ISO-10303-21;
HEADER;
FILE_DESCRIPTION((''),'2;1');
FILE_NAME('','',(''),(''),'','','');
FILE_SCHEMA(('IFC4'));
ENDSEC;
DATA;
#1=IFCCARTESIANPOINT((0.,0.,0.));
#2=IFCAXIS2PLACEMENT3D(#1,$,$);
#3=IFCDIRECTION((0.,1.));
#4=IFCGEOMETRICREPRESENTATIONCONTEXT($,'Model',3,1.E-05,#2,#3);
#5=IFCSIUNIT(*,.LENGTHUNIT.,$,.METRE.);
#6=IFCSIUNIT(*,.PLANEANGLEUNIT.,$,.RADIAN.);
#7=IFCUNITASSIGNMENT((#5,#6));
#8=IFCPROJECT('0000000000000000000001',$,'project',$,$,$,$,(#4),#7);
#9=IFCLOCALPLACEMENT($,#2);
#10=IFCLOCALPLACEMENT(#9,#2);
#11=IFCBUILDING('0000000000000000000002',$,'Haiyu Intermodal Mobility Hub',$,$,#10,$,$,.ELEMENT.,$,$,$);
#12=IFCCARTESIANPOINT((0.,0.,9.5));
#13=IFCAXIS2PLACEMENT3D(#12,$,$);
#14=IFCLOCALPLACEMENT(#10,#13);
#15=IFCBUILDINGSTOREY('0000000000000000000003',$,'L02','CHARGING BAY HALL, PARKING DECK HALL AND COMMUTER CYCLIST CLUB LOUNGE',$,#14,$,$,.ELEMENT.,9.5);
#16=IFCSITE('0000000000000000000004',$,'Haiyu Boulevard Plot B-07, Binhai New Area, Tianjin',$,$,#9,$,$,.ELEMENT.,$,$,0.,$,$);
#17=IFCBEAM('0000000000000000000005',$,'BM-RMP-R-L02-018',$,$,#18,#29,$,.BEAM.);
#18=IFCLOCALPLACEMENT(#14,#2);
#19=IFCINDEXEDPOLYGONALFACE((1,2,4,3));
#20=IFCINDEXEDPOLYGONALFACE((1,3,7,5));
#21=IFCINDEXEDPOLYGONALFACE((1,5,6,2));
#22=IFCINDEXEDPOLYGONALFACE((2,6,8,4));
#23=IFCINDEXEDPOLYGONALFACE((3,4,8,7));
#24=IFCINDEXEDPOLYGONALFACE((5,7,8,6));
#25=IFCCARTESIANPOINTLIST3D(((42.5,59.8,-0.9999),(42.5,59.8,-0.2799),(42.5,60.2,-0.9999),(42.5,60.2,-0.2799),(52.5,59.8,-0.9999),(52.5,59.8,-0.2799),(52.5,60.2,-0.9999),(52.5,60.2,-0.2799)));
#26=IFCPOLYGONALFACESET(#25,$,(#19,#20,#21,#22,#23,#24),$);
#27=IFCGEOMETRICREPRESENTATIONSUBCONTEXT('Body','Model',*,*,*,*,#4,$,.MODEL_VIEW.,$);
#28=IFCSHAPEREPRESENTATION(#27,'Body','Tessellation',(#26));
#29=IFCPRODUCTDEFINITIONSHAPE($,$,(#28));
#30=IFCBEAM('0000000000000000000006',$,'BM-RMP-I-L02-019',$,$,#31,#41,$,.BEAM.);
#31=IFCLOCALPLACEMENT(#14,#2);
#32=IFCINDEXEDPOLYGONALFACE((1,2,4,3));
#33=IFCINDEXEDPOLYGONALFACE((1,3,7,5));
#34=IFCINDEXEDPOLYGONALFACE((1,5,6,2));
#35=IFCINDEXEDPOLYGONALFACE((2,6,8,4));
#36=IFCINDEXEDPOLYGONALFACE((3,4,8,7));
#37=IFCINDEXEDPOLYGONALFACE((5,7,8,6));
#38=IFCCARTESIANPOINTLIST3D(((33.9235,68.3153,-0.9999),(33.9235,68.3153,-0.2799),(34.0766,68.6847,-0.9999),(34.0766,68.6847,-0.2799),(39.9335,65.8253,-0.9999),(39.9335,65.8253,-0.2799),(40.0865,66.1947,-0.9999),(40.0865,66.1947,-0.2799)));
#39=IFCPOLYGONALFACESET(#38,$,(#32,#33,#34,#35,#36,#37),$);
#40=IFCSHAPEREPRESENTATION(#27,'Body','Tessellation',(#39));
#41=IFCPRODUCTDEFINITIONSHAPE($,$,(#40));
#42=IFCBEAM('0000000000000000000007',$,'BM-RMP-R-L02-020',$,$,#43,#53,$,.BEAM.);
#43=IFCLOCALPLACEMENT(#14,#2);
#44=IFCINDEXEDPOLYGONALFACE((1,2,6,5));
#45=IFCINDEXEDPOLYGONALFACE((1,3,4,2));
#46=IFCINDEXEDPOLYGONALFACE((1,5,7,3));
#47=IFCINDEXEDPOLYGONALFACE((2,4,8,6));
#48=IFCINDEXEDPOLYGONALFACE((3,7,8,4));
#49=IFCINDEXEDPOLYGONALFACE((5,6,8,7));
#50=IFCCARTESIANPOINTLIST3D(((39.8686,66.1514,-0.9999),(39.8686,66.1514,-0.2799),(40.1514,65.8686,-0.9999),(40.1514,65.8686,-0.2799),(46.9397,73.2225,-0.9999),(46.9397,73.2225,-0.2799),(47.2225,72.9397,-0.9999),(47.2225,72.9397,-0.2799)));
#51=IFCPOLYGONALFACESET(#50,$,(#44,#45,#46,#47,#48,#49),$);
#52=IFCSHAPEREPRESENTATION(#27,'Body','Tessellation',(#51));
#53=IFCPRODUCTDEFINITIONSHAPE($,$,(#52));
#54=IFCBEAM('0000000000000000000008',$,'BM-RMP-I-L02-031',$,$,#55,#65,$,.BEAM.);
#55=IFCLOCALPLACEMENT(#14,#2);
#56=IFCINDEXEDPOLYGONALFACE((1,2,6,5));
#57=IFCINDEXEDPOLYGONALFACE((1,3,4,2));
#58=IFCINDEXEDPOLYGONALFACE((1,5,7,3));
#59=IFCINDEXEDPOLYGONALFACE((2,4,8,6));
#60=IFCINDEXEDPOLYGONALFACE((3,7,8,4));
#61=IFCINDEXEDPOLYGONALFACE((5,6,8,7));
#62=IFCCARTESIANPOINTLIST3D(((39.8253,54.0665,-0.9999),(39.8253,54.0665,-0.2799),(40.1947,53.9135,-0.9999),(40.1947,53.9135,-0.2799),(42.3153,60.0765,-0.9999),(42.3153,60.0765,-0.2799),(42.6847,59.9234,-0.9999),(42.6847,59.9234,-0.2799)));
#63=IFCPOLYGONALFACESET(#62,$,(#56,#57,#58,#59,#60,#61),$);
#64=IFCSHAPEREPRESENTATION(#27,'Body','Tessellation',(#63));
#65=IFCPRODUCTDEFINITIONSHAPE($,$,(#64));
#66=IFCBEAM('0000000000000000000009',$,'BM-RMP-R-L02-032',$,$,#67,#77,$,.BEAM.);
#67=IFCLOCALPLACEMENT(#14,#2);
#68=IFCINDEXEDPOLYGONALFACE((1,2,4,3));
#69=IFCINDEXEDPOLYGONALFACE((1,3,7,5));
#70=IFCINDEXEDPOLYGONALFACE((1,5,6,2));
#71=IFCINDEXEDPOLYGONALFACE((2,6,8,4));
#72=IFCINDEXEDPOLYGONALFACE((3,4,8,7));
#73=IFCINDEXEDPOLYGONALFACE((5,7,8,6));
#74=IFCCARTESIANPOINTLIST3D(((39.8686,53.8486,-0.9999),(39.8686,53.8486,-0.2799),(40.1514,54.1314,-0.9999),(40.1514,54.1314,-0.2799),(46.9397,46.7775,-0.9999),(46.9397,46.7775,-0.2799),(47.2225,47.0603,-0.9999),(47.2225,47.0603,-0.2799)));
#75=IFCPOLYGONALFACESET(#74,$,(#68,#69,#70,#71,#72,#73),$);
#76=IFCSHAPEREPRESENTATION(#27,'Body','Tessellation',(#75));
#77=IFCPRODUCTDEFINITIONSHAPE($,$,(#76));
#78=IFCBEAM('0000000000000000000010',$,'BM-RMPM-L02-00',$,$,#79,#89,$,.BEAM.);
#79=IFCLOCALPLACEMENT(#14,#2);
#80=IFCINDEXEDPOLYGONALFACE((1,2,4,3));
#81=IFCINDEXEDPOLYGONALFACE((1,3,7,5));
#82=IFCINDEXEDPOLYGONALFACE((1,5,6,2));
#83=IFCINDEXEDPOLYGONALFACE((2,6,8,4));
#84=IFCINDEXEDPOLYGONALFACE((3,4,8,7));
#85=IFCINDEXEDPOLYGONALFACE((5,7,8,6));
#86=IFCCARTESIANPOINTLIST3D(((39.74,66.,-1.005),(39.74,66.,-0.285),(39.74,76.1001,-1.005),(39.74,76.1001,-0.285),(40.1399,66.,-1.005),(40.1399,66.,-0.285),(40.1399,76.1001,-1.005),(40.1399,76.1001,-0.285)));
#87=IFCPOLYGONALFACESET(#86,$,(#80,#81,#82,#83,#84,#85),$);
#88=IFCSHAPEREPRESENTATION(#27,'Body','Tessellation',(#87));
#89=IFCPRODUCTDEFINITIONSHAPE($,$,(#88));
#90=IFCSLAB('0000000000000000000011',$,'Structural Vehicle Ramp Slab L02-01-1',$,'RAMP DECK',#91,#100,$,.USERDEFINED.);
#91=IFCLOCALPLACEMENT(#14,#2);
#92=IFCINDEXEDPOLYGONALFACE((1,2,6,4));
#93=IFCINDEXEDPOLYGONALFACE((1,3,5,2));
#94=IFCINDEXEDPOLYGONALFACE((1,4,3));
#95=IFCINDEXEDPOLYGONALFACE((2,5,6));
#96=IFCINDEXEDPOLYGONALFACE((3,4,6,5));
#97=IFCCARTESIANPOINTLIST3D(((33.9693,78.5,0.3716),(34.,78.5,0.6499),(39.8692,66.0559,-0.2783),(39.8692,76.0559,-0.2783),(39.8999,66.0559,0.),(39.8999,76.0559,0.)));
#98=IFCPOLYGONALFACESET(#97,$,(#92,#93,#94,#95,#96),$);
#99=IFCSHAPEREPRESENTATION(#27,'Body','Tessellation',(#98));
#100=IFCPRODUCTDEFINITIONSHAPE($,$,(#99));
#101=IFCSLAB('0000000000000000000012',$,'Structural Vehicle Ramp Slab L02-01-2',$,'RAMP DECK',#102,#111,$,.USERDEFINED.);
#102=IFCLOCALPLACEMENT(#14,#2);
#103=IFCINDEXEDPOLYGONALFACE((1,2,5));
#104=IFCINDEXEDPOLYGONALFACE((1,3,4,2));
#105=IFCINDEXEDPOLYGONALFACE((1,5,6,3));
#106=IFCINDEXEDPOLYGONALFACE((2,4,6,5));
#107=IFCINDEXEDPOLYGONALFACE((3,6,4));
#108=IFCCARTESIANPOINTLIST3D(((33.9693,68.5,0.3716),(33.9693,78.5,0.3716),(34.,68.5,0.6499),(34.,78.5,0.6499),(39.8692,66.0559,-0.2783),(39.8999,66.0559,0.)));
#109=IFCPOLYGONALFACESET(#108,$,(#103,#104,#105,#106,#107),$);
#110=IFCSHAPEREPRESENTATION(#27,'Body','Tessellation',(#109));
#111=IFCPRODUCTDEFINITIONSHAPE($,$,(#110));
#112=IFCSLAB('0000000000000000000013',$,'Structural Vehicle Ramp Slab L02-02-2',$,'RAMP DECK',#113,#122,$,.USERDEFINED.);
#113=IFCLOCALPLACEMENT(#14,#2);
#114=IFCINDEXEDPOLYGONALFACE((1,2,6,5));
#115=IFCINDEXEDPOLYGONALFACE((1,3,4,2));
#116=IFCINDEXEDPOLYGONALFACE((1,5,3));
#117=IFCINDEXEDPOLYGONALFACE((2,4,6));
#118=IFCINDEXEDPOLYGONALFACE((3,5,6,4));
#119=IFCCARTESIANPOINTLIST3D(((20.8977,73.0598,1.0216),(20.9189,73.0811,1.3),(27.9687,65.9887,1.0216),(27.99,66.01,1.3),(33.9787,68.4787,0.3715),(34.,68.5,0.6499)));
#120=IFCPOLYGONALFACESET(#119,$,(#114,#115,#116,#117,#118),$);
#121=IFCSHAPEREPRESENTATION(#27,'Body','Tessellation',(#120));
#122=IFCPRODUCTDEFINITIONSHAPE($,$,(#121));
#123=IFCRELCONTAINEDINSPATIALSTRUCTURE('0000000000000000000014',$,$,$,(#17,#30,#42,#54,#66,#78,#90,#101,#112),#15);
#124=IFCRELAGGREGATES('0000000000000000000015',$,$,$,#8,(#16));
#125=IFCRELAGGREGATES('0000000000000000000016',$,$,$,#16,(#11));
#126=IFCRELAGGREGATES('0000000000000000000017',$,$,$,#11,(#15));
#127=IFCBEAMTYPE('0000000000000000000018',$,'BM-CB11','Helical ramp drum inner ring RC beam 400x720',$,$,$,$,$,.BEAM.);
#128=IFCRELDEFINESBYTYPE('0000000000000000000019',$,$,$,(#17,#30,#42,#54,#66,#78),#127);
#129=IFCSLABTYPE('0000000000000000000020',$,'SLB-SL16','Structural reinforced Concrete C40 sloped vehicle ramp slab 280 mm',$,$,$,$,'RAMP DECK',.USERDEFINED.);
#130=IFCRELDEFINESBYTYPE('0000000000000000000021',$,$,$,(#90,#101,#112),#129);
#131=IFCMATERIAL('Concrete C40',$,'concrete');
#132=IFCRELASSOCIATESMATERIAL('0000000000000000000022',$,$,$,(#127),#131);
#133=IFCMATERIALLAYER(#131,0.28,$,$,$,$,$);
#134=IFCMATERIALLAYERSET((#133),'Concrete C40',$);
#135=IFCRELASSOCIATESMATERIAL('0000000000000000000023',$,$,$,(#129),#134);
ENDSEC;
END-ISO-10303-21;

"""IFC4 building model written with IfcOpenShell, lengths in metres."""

from ifc_helpers import new_model, si_unit, direction, frame, origin, origin_2d, place, context, subcontext, project, spatial, polyline, rectangle, outline, extrude, material, layer, layer_set, material_profile, profile_set, type_object, element, save


model = new_model("IFC4")

# Units and contexts
model_context = context("Model", 3, precision=1e-05, world=origin(), true_north=direction((0.0, 1.0)))
body_context = subcontext(model_context, "Body", "Model", "MODEL_VIEW")
ifc_project = project(units=[si_unit("LENGTHUNIT", "METRE"), si_unit("PLANEANGLEUNIT", "RADIAN")], contexts=[model_context])

# Site, building, storey
site_placement = place(None, origin())
site = spatial("IfcSite", under=ifc_project, at=site_placement, Name="Haiyu Boulevard Plot B-07, Binhai New Area, Tianjin", CompositionType="ELEMENT", RefElevation=0.0)
building_placement = place(site_placement, origin())
building = spatial("IfcBuilding", under=site, at=building_placement, Name="Haiyu Intermodal Mobility Hub", CompositionType="ELEMENT")
storey_placement = place(building_placement, frame((0.0, 0.0, 9.5)))
storey = spatial("IfcBuildingStorey", under=building, at=storey_placement, Name="L02", Description="CHARGING BAY HALL, PARKING DECK HALL AND COMMUTER CYCLIST CLUB LOUNGE", CompositionType="ELEMENT", Elevation=9.5)

# Shared definitions
ifc_material_1 = material(Name="Concrete C40", Category="concrete")

# Beams
ifc_material_profile_1 = material_profile(ifc_material_1, rectangle(XDim=0.3999, YDim=0.72, at=origin_2d()), Name="RCB400x720")
ifc_profile_set_1 = profile_set([ifc_material_profile_1], Name="Concrete C40")
beam_type_1 = type_object("IfcBeamType", Name="BM-CB11", Description="Helical ramp drum inner ring RC beam 400x720", PredefinedType="BEAM", material=ifc_profile_set_1)
beam_1_placement = place(storey_placement, frame((42.5, 60.0, -0.6399), z_axis=(1.0, 0.0, 0.0), x_axis=(0.0, 1.0, 0.0)))
element("IfcBeam", 1, at=beam_1_placement, inside=storey, type_object=beam_type_1, Name="BM-RMP-R-L02-018", PredefinedType="BEAM", context=body_context, shape_type="SweptSolid", body=[
    extrude(rectangle(XDim=0.3999, YDim=0.72, at=origin_2d()), origin(), (0.0, 0.0, 1.0), 10.0),
])
beam_2_placement = place(storey_placement, frame((40.01, 66.01, -0.6399), z_axis=(-0.923849, 0.382757, 0.0), x_axis=(-0.382757, -0.923849, 0.0)))
element("IfcBeam", 2, at=beam_2_placement, inside=storey, type_object=beam_type_1, Name="BM-RMP-I-L02-019", PredefinedType="BEAM", context=body_context, shape_type="SweptSolid", body=[
    extrude(rectangle(XDim=0.3999, YDim=0.72, at=origin_2d()), origin(), (0.0, 0.0, 1.0), 6.5054),
])
beam_3_placement = place(storey_placement, frame((40.01, 66.01, -0.6399), z_axis=(0.707107, 0.707107, 0.0), x_axis=(-0.707107, 0.707107, 0.0)))
element("IfcBeam", 3, at=beam_3_placement, inside=storey, type_object=beam_type_1, Name="BM-RMP-R-L02-020", PredefinedType="BEAM", context=body_context, shape_type="SweptSolid", body=[
    extrude(rectangle(XDim=0.3999, YDim=0.72, at=origin_2d()), origin(), (0.0, 0.0, 1.0), 10.0),
])
beam_4_placement = place(storey_placement, frame((40.01, 53.99, -0.6399), z_axis=(0.382757, 0.923849, 0.0), x_axis=(-0.923849, 0.382757, 0.0)))
element("IfcBeam", 4, at=beam_4_placement, inside=storey, type_object=beam_type_1, Name="BM-RMP-I-L02-031", PredefinedType="BEAM", context=body_context, shape_type="SweptSolid", body=[
    extrude(rectangle(XDim=0.3999, YDim=0.72, at=origin_2d()), origin(), (0.0, 0.0, 1.0), 6.5054),
])
beam_5_placement = place(storey_placement, frame((40.01, 53.99, -0.6399), z_axis=(0.707107, -0.707107, 0.0), x_axis=(0.707107, 0.707107, 0.0)))
element("IfcBeam", 5, at=beam_5_placement, inside=storey, type_object=beam_type_1, Name="BM-RMP-R-L02-032", PredefinedType="BEAM", context=body_context, shape_type="SweptSolid", body=[
    extrude(rectangle(XDim=0.3999, YDim=0.72, at=origin_2d()), origin(), (0.0, 0.0, 1.0), 10.0),
])
beam_6_placement = place(storey_placement, frame((39.9399, 66.0, -0.645), z_axis=(0.0, 1.0, 0.0), x_axis=(-1.0, 0.0, 0.0)))
element("IfcBeam", 6, at=beam_6_placement, inside=storey, type_object=beam_type_1, Name="BM-RMPM-L02-00", PredefinedType="BEAM", context=body_context, shape_type="SweptSolid", body=[
    extrude(rectangle(XDim=0.3999, YDim=0.72, at=origin_2d()), origin(), (0.0, 0.0, 1.0), 10.1001),
])

# Slabs
ifc_layer = layer(ifc_material_1, 0.28)
ifc_layer_set = layer_set([ifc_layer], Name="Concrete C40")
slab_type = type_object("IfcSlabType", Name="SLB-SL16", Description="Structural reinforced Concrete C40 sloped vehicle ramp slab 280 mm", ElementType="RAMP DECK", PredefinedType="USERDEFINED", material=ifc_layer_set)
slab_1_placement = place(storey_placement, frame((39.8999, 66.0559, 0.0), z_axis=(0.109492, 0.0, 0.993988), x_axis=(0.0, 1.0, 0.0)))
element("IfcSlab", 7, at=slab_1_placement, inside=storey, type_object=slab_type, Name="Structural Vehicle Ramp Slab L02-01-1", ObjectType="RAMP DECK", PredefinedType="USERDEFINED", context=body_context, shape_type="SweptSolid", body=[
    extrude(outline(polyline([(0.0, 0.0), (10.0, 0.0), (12.4441, 5.9356), (0.0, 0.0)])), origin(), (0.0, 0.0, -1.0), 0.28),
])
slab_2_placement = place(storey_placement, frame((39.8999, 66.0559, 0.0), z_axis=(0.109492, 0.0, 0.993988), x_axis=(-0.427926, 0.902584, 0.047138)))
element("IfcSlab", 8, at=slab_2_placement, inside=storey, type_object=slab_type, Name="Structural Vehicle Ramp Slab L02-01-2", ObjectType="RAMP DECK", PredefinedType="USERDEFINED", context=body_context, shape_type="SweptSolid", body=[
    extrude(outline(polyline([(0.0, 0.0), (13.7872, 0.0), (4.7614, 4.3051), (0.0, 0.0)])), origin(), (0.0, 0.0, -1.0), 0.28),
])
slab_3_placement = place(storey_placement, frame((34.0, 68.5, 0.6499), z_axis=(0.076044, 0.076044, 0.9942), x_axis=(-0.942761, 0.33016, 0.046857)))
element("IfcSlab", 9, at=slab_3_placement, inside=storey, type_object=slab_type, Name="Structural Vehicle Ramp Slab L02-02-2", ObjectType="RAMP DECK", PredefinedType="USERDEFINED", context=body_context, shape_type="SweptSolid", body=[
    extrude(outline(polyline([(0.0, 0.0), (13.8753, 0.0), (4.8744, 4.357), (0.0, 0.0)])), origin(), (0.0, 0.0, -1.0), 0.28),
])

save(model, "model.ifc")
